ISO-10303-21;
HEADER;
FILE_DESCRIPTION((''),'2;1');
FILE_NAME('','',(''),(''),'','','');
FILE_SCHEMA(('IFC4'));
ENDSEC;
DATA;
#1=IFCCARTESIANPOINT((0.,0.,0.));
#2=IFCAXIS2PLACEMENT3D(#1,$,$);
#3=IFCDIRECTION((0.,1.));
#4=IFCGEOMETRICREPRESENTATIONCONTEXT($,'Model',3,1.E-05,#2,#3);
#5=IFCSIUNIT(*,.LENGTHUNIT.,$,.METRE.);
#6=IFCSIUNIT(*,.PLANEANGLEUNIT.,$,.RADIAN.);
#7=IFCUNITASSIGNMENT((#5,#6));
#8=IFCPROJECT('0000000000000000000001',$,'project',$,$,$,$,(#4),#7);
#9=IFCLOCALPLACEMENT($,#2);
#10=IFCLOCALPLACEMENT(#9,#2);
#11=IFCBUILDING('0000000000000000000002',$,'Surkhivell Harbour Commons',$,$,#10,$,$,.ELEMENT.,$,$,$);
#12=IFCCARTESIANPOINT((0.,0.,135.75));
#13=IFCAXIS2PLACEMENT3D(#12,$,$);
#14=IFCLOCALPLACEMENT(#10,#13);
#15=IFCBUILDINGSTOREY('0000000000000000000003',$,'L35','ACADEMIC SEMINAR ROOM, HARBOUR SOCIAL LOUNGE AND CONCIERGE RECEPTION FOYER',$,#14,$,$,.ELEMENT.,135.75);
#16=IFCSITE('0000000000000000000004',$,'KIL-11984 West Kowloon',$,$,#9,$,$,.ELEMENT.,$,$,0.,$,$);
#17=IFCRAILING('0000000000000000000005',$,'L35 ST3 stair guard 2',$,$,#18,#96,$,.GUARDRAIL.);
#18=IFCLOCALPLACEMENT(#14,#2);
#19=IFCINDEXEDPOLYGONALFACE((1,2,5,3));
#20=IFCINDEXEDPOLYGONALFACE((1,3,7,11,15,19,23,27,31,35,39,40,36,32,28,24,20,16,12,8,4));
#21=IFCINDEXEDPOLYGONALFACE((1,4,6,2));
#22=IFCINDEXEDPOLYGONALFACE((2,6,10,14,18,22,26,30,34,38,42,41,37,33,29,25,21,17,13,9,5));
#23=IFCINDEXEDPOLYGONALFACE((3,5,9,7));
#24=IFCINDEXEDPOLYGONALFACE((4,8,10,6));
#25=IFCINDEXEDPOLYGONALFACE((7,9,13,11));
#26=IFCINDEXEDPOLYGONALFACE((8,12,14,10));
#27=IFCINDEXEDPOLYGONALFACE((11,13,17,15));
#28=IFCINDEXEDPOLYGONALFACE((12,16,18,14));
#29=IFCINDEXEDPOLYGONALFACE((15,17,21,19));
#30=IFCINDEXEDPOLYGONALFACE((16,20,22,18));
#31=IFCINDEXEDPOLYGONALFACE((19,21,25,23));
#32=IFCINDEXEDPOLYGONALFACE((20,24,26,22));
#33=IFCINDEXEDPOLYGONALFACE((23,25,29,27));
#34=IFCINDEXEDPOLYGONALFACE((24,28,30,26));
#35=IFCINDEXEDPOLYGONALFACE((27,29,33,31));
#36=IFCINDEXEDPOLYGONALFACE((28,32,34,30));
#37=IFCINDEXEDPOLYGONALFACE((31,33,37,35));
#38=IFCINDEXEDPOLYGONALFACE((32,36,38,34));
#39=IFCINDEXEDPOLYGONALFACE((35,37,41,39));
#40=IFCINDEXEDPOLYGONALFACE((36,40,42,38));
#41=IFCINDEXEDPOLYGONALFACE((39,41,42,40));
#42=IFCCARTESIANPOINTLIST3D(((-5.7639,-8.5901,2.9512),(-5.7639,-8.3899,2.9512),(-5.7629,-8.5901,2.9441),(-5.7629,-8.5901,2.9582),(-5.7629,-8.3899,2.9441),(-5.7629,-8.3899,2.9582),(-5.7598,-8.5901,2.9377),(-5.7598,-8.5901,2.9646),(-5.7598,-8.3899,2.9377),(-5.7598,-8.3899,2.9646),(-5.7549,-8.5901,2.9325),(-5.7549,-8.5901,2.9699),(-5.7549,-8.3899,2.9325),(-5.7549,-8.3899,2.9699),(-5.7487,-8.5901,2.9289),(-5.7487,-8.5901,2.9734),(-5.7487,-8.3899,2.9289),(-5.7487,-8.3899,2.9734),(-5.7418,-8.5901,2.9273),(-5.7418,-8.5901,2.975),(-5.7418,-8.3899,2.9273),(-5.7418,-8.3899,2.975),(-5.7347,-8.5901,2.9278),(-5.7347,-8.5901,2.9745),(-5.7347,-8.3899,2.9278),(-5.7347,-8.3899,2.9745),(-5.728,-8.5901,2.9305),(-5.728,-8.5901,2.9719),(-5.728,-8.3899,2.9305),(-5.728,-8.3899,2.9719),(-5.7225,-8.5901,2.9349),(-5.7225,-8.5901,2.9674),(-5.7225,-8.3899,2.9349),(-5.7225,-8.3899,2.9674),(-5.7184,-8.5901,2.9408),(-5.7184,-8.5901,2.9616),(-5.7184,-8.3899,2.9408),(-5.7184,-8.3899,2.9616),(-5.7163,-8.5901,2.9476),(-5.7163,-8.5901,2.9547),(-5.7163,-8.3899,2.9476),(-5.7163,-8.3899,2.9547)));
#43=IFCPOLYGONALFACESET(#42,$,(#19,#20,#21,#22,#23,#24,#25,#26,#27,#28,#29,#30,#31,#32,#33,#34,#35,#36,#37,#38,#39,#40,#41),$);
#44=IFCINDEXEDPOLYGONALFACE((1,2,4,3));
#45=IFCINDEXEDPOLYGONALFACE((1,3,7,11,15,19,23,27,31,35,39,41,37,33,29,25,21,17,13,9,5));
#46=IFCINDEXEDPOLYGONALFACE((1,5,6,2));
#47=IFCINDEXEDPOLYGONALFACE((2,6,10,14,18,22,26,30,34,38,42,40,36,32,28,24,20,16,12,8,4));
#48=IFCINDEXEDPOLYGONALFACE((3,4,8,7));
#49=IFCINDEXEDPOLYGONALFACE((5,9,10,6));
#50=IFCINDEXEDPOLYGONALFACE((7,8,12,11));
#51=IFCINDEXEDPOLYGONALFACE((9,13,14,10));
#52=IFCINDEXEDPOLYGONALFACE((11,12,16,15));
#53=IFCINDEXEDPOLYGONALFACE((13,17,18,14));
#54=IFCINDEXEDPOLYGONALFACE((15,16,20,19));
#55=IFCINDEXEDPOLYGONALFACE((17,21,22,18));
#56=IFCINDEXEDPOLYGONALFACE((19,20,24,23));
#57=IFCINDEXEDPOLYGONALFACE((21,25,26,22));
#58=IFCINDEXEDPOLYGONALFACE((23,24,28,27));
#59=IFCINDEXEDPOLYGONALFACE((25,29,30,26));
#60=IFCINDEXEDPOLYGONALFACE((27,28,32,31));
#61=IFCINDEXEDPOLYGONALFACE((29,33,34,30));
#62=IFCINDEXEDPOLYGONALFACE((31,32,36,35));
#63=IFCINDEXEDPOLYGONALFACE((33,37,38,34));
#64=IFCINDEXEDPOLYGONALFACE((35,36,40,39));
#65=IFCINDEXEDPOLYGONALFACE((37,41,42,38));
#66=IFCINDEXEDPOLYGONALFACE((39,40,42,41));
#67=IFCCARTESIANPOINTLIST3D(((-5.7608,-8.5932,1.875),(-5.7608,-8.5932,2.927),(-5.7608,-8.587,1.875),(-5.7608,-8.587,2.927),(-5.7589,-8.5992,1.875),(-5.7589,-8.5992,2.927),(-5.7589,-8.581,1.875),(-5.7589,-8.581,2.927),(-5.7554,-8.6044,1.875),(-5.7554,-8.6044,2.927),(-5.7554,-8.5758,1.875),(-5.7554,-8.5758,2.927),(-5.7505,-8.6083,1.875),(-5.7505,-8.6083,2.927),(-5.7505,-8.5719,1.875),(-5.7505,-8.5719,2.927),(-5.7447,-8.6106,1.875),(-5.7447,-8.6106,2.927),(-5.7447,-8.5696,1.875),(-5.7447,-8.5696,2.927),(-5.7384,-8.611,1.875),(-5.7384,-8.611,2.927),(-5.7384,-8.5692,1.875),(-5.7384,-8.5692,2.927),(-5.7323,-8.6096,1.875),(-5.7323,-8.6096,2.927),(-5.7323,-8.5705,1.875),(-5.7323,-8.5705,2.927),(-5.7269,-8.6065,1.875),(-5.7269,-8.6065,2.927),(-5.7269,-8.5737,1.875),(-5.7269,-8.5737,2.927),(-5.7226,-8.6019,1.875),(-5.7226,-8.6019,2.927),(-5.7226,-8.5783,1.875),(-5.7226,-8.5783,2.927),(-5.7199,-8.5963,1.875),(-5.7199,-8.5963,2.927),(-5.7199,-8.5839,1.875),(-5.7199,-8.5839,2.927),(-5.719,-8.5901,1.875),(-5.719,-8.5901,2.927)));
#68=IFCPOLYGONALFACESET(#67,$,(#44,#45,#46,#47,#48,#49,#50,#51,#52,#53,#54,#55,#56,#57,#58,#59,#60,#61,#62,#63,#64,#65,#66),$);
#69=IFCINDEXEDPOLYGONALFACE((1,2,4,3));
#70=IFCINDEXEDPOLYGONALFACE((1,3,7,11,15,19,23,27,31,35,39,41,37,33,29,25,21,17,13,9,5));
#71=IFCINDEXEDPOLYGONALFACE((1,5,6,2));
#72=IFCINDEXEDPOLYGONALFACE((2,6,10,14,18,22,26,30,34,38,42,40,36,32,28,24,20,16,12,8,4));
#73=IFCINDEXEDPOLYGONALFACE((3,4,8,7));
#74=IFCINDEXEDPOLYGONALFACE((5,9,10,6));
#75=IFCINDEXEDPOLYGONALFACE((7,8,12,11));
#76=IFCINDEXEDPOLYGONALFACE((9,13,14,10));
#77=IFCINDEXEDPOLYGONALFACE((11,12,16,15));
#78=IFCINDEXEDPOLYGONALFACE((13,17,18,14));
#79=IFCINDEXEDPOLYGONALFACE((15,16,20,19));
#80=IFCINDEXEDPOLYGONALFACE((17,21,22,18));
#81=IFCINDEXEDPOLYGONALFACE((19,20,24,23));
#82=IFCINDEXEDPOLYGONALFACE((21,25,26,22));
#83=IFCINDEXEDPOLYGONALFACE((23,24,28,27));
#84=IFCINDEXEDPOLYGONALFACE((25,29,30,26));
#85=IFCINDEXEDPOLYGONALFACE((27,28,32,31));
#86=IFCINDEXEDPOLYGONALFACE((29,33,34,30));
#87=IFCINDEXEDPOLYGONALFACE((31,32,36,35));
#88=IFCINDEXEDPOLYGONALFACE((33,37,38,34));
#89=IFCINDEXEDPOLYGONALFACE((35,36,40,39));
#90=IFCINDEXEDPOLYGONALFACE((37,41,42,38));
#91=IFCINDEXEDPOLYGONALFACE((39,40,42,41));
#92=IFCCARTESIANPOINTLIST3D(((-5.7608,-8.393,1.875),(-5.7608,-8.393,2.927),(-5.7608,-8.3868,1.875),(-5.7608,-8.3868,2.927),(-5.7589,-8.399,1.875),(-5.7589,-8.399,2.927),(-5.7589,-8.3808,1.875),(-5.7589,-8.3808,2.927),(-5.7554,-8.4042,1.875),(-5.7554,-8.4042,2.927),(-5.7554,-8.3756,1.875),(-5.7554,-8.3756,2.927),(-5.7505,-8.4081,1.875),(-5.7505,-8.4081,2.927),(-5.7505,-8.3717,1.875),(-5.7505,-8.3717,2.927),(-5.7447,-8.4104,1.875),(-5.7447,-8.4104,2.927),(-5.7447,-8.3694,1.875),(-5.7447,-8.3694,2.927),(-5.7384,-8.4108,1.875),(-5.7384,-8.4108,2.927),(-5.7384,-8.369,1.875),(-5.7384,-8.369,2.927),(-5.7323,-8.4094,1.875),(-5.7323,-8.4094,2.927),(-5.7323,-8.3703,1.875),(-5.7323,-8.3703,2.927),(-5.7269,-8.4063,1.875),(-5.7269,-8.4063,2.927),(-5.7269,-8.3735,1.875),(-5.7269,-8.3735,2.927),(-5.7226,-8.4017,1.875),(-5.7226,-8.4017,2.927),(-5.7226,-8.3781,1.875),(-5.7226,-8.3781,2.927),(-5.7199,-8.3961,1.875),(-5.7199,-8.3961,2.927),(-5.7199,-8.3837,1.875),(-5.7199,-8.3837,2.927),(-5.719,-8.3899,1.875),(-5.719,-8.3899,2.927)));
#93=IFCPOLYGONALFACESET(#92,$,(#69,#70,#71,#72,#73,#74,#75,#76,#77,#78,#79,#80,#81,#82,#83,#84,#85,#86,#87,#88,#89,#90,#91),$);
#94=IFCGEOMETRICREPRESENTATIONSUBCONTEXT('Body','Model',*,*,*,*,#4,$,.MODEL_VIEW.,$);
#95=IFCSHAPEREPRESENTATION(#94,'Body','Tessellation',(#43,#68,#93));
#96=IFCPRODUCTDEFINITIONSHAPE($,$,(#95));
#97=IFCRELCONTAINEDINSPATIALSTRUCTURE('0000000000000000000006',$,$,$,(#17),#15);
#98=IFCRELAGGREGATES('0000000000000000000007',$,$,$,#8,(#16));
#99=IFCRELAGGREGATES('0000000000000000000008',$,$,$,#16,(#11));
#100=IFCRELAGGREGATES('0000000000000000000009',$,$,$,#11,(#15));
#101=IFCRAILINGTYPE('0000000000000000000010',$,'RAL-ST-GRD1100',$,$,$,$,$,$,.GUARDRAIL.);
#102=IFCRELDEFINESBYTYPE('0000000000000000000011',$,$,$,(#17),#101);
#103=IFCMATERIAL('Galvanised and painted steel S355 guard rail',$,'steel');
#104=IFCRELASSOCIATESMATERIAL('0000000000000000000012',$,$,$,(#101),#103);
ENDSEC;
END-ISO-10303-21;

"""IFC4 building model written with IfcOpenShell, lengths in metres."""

from ifc_helpers import new_model, si_unit, direction, frame, origin, origin_2d, place, context, subcontext, project, spatial, circle, extrude, material, type_object, element, save


model = new_model("IFC4")

# Units and contexts
model_context = context("Model", 3, precision=1e-05, world=origin(), true_north=direction((0.0, 1.0)))
body_context = subcontext(model_context, "Body", "Model", "MODEL_VIEW")
ifc_project = project(units=[si_unit("LENGTHUNIT", "METRE"), si_unit("PLANEANGLEUNIT", "RADIAN")], contexts=[model_context])

# Site, building, storey
site_placement = place(None, origin())
site = spatial("IfcSite", under=ifc_project, at=site_placement, Name="KIL-11984 West Kowloon", CompositionType="ELEMENT", RefElevation=0.0)
building_placement = place(site_placement, origin())
building = spatial("IfcBuilding", under=site, at=building_placement, Name="Surkhivell Harbour Commons", CompositionType="ELEMENT")
storey_placement = place(building_placement, frame((0.0, 0.0, 135.75)))
storey = spatial("IfcBuildingStorey", under=building, at=storey_placement, Name="L35", Description="ACADEMIC SEMINAR ROOM, HARBOUR SOCIAL LOUNGE AND CONCIERGE RECEPTION FOYER", CompositionType="ELEMENT", Elevation=135.75)

# Railing
ifc_material_1 = material(Name="Galvanised and painted steel S355 guard rail", Category="steel")
railing_type_1 = type_object("IfcRailingType", Name="RAL-ST-GRD1100", PredefinedType="GUARDRAIL", material=ifc_material_1)
railing_1_placement = place(storey_placement, frame((-5.74, -8.5901, 1.875)))
element("IfcRailing", 1, at=railing_1_placement, inside=storey, type_object=railing_type_1, Name="L35 ST3 stair guard 2", PredefinedType="GUARDRAIL", context=body_context, shape_type="SweptSolid", body=[
    extrude(circle(Radius=0.0239, at=origin_2d()), frame((0.0, 0.0, 1.0762), z_axis=(0.0, 1.0, 0.0), x_axis=(-1.0, 0.0, 0.0)), (0.0, 0.0, 1.0), 0.2002),
    extrude(circle(Radius=0.021, at=origin_2d()), origin(), (0.0, 0.0, 1.0), 1.052),
    extrude(circle(Radius=0.021, at=origin_2d()), frame((0.0, 0.2002, 0.0)), (0.0, 0.0, 1.0), 1.052),
])

save(model, "model.ifc")
